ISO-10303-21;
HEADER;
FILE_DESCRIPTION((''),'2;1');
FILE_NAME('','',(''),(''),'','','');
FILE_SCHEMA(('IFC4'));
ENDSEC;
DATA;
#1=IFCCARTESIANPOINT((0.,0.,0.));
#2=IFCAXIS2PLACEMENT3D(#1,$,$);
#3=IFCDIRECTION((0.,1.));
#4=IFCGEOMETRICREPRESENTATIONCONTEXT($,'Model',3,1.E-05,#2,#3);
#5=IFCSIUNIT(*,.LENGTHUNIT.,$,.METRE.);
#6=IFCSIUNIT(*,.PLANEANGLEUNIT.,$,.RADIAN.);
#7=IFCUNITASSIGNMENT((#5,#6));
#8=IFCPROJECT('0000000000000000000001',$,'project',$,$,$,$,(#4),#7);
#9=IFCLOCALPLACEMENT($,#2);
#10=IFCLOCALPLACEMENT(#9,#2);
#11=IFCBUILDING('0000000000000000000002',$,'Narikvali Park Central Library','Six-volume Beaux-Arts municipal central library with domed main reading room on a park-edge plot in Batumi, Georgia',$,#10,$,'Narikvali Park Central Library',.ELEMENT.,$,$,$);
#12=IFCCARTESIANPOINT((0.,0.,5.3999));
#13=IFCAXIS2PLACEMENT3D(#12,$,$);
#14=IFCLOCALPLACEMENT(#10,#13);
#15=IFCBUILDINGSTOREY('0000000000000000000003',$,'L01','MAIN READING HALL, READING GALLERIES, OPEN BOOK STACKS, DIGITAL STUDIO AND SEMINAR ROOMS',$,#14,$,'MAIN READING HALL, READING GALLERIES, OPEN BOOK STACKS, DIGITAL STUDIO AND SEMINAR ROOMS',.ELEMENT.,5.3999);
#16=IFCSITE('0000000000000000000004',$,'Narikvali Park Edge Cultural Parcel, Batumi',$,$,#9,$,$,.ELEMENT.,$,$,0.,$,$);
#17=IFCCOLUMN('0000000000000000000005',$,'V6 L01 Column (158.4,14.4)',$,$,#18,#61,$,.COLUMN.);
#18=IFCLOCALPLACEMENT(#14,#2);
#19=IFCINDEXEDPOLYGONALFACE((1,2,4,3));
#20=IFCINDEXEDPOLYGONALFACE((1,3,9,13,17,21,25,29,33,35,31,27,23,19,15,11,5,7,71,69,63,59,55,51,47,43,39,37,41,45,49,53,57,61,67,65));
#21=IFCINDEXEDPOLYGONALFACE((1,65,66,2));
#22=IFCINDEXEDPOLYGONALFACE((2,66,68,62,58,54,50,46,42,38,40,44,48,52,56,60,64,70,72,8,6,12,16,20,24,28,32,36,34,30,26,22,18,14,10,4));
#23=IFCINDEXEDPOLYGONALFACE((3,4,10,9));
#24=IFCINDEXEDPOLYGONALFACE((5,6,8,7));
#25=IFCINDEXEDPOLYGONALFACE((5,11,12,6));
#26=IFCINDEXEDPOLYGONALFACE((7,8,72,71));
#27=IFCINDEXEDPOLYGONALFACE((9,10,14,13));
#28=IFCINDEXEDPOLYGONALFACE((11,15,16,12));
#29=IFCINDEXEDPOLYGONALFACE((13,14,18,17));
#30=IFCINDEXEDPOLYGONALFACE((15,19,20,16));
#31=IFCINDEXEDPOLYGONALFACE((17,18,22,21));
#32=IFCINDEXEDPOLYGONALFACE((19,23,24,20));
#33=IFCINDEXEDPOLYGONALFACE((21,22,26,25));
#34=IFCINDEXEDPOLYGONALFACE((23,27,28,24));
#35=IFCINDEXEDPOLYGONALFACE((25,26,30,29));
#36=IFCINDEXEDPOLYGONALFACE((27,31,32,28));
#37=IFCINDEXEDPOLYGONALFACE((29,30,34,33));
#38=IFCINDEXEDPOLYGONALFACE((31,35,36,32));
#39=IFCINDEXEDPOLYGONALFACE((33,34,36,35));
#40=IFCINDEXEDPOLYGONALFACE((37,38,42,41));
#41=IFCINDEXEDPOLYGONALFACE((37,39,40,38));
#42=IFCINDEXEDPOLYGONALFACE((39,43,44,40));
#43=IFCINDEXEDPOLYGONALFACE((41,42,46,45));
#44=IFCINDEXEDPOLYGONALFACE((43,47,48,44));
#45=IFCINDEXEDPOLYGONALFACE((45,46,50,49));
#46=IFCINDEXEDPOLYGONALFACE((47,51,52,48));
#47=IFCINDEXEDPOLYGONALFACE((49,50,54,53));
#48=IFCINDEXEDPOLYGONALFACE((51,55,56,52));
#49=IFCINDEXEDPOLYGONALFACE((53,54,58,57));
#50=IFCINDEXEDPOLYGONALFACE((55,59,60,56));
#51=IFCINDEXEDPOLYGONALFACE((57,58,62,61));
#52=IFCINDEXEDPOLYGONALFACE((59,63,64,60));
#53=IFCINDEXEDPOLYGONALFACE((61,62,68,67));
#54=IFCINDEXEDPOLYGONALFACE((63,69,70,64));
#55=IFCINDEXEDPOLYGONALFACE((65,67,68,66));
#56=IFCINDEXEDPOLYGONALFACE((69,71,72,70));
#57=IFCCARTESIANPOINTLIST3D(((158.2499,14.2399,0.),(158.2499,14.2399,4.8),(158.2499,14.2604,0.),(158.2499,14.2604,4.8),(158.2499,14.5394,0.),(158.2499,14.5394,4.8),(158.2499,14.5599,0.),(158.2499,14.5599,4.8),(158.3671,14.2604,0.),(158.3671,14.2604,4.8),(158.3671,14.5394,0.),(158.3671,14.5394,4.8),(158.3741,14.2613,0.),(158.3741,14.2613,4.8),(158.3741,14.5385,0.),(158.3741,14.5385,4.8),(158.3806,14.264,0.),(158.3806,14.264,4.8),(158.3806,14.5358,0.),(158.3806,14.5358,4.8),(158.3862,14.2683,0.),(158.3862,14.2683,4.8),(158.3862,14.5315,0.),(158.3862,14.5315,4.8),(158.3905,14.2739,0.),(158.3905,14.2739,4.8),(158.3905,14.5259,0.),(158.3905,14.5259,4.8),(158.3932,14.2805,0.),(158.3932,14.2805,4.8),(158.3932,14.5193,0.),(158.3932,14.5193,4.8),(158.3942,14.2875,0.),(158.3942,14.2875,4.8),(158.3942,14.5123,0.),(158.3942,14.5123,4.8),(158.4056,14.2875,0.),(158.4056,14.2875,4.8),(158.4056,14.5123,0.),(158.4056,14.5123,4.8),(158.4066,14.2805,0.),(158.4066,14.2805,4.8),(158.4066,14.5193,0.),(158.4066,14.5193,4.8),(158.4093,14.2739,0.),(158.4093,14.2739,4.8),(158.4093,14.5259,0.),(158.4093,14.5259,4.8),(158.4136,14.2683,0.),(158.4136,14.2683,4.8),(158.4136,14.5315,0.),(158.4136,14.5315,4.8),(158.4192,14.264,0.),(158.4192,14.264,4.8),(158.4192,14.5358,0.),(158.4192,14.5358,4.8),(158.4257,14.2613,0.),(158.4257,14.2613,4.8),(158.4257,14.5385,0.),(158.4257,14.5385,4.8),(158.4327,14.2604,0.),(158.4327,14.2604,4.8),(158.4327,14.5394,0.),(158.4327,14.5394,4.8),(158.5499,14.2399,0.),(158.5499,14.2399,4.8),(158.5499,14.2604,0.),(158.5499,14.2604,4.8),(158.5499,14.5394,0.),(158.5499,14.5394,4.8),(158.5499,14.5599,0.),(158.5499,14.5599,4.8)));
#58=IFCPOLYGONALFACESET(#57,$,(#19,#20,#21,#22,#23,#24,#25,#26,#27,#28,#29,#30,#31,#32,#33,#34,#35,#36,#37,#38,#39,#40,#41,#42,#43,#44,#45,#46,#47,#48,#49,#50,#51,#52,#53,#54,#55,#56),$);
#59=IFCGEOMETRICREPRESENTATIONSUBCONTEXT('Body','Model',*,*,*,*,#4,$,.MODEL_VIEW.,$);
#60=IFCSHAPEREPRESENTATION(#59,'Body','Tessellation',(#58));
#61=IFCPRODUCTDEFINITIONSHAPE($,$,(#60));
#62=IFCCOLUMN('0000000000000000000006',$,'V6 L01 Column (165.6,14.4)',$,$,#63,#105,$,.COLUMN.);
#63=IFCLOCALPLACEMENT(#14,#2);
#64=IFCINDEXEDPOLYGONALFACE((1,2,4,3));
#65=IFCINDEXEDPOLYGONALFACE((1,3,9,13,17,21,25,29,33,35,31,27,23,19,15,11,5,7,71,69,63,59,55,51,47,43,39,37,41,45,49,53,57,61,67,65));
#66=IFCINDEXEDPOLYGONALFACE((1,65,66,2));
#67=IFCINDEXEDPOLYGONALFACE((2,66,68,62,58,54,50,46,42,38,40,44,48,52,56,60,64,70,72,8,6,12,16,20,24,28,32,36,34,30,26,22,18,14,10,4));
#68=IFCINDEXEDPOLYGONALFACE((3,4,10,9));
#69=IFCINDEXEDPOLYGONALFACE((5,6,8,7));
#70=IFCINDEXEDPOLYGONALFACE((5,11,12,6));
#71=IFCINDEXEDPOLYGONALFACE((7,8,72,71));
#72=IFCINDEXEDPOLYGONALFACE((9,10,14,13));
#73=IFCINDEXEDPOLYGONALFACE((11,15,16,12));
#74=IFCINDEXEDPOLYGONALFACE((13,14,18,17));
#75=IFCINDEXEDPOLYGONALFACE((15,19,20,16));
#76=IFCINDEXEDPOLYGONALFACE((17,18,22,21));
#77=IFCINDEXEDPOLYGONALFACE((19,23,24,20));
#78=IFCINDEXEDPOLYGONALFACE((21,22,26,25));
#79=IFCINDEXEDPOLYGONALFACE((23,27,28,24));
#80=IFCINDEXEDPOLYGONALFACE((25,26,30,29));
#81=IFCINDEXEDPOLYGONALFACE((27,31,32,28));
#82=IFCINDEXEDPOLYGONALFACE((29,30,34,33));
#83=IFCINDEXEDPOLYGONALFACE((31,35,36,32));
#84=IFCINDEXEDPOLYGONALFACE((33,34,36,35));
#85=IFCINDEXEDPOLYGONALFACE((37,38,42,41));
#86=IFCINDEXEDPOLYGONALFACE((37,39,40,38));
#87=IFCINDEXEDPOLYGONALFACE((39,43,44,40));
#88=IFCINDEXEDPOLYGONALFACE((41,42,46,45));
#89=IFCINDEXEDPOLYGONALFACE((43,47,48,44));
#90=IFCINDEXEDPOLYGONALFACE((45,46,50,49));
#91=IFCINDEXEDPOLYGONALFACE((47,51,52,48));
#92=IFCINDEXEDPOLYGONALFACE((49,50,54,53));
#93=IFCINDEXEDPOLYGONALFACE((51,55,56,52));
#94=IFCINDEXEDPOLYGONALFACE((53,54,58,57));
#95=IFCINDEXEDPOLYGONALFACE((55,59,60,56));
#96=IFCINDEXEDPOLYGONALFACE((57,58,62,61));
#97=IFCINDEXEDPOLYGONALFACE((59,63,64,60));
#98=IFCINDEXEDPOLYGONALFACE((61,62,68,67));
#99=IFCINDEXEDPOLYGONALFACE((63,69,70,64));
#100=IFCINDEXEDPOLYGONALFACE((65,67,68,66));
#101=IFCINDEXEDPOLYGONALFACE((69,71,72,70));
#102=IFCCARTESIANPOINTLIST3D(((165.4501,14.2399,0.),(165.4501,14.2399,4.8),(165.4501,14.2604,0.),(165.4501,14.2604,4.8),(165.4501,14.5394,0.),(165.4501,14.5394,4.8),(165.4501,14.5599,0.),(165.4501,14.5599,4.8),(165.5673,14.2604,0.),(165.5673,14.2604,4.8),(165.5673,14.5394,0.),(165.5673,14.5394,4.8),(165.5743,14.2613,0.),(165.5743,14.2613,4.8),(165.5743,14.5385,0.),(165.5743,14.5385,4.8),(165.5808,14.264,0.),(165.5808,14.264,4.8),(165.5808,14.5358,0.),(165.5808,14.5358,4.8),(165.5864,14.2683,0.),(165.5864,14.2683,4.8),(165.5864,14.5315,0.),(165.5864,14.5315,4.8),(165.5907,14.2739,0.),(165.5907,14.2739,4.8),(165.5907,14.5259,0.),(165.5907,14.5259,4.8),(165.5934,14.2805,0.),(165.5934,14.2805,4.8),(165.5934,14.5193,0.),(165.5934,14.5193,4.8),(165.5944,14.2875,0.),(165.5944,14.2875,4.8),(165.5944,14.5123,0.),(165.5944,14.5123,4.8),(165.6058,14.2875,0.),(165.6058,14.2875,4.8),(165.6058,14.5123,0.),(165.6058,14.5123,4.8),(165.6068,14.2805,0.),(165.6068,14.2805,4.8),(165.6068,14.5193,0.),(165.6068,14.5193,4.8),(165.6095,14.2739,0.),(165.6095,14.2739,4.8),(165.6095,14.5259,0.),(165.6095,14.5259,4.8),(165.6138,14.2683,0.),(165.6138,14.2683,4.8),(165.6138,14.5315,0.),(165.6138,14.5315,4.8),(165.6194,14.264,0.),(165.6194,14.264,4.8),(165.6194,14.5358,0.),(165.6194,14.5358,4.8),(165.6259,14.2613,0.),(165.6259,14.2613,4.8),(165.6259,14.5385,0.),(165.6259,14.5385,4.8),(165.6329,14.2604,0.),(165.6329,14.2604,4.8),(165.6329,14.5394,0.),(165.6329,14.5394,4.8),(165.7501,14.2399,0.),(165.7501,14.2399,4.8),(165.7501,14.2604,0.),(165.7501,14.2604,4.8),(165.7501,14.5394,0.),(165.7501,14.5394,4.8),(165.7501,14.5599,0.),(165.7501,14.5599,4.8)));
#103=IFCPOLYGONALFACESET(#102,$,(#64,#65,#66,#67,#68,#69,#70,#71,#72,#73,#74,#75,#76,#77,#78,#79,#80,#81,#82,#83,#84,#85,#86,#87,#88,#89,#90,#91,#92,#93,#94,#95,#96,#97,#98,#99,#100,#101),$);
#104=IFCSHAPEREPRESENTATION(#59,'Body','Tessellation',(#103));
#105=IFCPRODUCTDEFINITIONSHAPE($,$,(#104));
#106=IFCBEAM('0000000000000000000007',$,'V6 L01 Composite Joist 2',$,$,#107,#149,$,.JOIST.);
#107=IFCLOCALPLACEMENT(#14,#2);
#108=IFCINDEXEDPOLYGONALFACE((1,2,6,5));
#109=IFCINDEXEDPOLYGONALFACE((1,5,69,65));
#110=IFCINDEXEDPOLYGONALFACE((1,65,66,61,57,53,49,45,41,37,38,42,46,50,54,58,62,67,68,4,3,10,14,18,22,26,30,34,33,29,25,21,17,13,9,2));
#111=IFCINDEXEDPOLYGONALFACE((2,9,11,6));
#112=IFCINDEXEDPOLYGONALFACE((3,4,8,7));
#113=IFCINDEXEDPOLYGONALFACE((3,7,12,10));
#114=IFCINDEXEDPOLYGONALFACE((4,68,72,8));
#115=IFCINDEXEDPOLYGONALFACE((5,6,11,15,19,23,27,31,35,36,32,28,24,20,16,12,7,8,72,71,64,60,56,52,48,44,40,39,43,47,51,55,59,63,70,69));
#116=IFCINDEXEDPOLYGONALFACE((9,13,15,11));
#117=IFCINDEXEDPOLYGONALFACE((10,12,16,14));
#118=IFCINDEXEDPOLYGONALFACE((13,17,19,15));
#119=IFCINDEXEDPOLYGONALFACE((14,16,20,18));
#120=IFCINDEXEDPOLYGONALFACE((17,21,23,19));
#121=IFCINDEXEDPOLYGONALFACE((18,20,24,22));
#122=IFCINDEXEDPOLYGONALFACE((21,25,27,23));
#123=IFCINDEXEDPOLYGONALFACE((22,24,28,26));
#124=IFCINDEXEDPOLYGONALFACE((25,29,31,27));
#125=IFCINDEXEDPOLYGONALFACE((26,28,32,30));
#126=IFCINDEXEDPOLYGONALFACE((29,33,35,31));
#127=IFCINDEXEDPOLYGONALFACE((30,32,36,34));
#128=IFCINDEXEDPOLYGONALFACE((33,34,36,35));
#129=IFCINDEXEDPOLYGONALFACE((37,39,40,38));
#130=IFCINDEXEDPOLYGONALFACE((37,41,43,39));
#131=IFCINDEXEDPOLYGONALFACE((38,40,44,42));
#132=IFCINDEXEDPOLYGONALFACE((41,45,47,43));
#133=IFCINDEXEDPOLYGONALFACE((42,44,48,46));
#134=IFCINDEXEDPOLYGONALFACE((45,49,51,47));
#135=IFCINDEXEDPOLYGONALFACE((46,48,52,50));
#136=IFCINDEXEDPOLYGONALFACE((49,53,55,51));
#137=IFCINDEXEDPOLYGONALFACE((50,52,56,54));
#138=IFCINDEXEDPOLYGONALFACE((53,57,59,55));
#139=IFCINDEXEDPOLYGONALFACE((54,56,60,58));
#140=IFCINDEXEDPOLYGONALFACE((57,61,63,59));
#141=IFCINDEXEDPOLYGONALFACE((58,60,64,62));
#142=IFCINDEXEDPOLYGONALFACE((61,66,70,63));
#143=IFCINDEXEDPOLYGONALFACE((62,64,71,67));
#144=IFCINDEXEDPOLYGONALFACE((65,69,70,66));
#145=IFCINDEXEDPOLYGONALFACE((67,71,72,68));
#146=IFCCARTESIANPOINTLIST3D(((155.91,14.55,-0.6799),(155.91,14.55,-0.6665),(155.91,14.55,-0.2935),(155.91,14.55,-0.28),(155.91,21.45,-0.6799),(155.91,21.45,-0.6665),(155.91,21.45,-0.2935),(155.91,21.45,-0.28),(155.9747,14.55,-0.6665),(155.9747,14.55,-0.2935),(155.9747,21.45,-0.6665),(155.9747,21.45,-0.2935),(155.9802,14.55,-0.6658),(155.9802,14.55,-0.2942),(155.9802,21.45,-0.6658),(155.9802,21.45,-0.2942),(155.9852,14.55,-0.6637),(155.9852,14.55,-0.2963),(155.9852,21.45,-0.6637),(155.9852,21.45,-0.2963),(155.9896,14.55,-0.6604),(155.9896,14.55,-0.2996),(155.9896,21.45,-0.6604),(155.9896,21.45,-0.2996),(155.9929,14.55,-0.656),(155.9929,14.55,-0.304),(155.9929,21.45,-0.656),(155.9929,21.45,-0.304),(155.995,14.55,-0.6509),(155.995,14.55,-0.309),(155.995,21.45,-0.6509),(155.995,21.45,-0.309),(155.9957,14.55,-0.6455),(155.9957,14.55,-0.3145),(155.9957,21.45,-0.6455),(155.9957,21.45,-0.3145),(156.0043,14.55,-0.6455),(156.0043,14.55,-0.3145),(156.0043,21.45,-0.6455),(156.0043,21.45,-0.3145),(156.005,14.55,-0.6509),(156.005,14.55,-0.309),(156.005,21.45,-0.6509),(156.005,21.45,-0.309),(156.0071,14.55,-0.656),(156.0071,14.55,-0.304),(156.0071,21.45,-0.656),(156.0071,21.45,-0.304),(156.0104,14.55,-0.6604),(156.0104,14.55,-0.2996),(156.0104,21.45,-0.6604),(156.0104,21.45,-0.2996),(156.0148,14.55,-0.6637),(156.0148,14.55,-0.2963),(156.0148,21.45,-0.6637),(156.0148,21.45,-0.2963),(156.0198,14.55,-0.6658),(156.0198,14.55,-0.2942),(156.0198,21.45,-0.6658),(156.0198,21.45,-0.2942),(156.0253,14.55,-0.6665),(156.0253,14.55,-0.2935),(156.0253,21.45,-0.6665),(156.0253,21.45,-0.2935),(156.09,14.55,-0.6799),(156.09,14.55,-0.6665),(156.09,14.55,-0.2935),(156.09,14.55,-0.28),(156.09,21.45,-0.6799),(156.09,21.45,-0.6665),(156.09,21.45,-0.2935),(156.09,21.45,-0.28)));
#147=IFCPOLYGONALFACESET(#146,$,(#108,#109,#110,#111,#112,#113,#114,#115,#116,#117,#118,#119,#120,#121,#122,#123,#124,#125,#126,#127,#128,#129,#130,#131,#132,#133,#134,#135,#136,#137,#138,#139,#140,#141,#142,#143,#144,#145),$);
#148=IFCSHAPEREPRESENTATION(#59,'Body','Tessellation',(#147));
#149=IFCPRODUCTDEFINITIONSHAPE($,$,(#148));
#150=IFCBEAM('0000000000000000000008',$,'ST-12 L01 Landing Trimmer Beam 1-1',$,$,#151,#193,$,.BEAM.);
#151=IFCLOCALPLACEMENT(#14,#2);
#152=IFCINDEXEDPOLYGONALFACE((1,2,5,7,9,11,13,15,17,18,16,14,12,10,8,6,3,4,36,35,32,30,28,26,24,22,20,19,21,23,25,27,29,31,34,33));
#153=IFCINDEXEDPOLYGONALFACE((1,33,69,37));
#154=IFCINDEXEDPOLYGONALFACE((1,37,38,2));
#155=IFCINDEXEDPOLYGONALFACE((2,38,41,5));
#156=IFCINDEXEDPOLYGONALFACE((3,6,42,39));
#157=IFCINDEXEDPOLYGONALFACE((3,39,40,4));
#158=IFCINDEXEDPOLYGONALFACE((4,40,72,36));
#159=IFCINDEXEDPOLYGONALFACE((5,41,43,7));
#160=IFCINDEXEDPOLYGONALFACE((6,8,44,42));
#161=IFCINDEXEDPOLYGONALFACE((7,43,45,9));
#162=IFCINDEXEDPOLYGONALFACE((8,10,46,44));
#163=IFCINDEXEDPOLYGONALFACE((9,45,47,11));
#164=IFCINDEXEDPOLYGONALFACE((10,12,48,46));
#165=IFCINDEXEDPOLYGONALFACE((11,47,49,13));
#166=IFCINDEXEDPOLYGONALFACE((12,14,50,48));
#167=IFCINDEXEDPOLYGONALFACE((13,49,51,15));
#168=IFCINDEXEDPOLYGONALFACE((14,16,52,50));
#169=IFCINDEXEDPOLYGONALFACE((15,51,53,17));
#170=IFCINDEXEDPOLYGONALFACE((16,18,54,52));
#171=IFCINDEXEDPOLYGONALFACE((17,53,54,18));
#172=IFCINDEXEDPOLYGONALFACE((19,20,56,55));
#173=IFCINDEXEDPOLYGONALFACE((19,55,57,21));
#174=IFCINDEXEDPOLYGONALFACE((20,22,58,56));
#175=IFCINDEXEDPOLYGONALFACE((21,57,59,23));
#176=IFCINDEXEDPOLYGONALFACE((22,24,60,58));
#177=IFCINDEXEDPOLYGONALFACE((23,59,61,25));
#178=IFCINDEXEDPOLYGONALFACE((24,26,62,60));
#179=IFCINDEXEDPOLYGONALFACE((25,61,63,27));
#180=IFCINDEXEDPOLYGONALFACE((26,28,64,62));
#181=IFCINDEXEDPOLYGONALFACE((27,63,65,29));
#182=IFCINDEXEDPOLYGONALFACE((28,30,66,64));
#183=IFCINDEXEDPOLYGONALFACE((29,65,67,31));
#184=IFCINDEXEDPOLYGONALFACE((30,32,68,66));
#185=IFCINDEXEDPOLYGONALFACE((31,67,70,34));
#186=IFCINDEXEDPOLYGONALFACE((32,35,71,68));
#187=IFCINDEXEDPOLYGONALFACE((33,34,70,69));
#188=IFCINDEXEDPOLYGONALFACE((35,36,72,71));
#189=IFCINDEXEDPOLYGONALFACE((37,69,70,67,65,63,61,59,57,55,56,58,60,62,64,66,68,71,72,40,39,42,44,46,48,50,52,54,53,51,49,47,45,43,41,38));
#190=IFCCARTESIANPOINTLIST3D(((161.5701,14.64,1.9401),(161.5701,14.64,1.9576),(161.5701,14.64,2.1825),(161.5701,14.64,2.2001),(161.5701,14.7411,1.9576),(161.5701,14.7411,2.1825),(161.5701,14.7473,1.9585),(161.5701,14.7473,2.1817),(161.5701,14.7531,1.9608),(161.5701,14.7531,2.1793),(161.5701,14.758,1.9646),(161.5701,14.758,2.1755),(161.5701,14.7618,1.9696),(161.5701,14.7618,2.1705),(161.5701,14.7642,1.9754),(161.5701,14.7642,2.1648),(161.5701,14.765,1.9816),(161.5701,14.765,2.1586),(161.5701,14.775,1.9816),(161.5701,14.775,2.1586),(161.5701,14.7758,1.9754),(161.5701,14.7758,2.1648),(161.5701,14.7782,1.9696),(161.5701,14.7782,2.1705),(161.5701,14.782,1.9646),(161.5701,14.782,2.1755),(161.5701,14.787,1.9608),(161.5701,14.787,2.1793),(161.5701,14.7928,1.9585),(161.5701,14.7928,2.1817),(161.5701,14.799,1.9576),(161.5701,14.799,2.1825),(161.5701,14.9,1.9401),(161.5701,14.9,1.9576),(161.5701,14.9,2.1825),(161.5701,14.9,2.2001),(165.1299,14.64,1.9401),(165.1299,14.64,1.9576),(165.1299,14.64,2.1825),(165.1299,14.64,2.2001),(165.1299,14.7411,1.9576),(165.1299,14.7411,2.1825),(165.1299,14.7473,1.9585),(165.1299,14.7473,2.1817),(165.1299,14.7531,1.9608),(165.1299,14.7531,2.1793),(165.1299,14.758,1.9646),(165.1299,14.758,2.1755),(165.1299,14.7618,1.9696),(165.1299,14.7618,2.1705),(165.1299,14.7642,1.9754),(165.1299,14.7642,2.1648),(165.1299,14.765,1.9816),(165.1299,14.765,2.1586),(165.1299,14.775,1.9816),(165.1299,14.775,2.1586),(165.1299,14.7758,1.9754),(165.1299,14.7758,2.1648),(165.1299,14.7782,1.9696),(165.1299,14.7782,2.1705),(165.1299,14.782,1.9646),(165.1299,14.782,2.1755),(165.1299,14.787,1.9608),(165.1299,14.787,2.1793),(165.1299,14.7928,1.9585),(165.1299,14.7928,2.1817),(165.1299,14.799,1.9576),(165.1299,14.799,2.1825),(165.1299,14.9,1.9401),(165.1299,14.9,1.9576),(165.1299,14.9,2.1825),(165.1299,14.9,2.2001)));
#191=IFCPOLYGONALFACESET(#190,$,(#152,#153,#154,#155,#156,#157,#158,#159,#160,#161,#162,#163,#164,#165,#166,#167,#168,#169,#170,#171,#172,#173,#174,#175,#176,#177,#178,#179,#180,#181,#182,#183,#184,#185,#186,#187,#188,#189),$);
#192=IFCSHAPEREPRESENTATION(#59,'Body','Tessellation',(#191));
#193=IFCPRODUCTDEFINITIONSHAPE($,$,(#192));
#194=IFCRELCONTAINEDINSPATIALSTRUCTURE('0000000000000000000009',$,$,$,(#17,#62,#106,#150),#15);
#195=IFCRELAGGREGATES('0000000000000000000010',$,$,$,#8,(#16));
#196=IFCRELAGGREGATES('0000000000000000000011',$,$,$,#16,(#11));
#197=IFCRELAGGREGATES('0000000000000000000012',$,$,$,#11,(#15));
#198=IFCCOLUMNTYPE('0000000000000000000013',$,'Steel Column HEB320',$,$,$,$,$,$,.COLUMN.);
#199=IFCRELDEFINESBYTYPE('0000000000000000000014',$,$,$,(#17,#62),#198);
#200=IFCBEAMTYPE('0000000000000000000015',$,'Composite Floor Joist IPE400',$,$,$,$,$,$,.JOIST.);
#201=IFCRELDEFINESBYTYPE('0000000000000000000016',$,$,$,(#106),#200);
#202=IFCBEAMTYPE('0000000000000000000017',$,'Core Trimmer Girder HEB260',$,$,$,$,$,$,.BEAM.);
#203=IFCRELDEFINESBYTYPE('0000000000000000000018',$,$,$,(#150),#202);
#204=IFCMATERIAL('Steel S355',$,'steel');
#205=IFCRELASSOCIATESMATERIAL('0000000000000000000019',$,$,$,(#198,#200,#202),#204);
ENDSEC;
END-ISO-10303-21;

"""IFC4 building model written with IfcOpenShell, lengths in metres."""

from ifc_helpers import new_model, si_unit, direction, frame, origin, origin_2d, place, context, subcontext, project, spatial, i_section, extrude, material, material_profile, profile_set, type_object, element, save


model = new_model("IFC4")

# Units and contexts
model_context = context("Model", 3, precision=1e-05, world=origin(), true_north=direction((0.0, 1.0)))
body_context = subcontext(model_context, "Body", "Model", "MODEL_VIEW")
ifc_project = project(units=[si_unit("LENGTHUNIT", "METRE"), si_unit("PLANEANGLEUNIT", "RADIAN")], contexts=[model_context])

# Site, building, storey
site_placement = place(None, origin())
site = spatial("IfcSite", under=ifc_project, at=site_placement, Name="Narikvali Park Edge Cultural Parcel, Batumi", CompositionType="ELEMENT", RefElevation=0.0)
building_placement = place(site_placement, origin())
building = spatial("IfcBuilding", under=site, at=building_placement, Name="Narikvali Park Central Library", Description="Six-volume Beaux-Arts municipal central library with domed main reading room on a park-edge plot in Batumi, Georgia", LongName="Narikvali Park Central Library", CompositionType="ELEMENT")
storey_placement = place(building_placement, frame((0.0, 0.0, 5.3999)))
storey = spatial("IfcBuildingStorey", under=building, at=storey_placement, Name="L01", Description="MAIN READING HALL, READING GALLERIES, OPEN BOOK STACKS, DIGITAL STUDIO AND SEMINAR ROOMS", LongName="MAIN READING HALL, READING GALLERIES, OPEN BOOK STACKS, DIGITAL STUDIO AND SEMINAR ROOMS", CompositionType="ELEMENT", Elevation=5.3999)

# Columns
ifc_material_1 = material(Name="Steel S355", Category="steel")
ifc_material_profile_1 = material_profile(ifc_material_1, i_section(OverallWidth=0.3, OverallDepth=0.3201, WebThickness=0.0115, FlangeThickness=0.0205, FilletRadius=0.0271, at=origin_2d()), Name="HEB 320")
ifc_profile_set_1 = profile_set([ifc_material_profile_1], Name="Steel S355")
column_type = type_object("IfcColumnType", Name="Steel Column HEB320", PredefinedType="COLUMN", material=ifc_profile_set_1)
for number, where, z_axis, x_axis, name in (
    (1, (158.3999, 14.3999, 0.0), (0.0, 0.0, 1.0), (1.0, 0.0, 0.0), "V6 L01 Column (158.4,14.4)"),
    (2, (165.6001, 14.3999, 0.0), (0.0, 0.0, 1.0), (1.0, 0.0, 0.0), "V6 L01 Column (165.6,14.4)"),
):
    element("IfcColumn", number, at=place(storey_placement, frame(where, z_axis=z_axis, x_axis=x_axis)), inside=storey, type_object=column_type, Name=name, PredefinedType="COLUMN", context=body_context, shape_type="SweptSolid", body=[
        extrude(i_section(OverallWidth=0.3, OverallDepth=0.3201, WebThickness=0.0115, FlangeThickness=0.0205, FilletRadius=0.0271, at=origin_2d()), origin(), (0.0, 0.0, 1.0), 4.8),
    ])

# Beams
ifc_material_profile_2 = material_profile(ifc_material_1, i_section(OverallWidth=0.1799, OverallDepth=0.3999, WebThickness=0.0085, FlangeThickness=0.0134, FilletRadius=0.021, at=origin_2d()), Name="IPE 400")
ifc_profile_set_2 = profile_set([ifc_material_profile_2], Name="Steel S355")
beam_type_1 = type_object("IfcBeamType", Name="Composite Floor Joist IPE400", PredefinedType="JOIST", material=ifc_profile_set_2)
beam_1_placement = place(storey_placement, frame((156.0, 14.55, -0.48), z_axis=(0.0, 1.0, 0.0), x_axis=(-1.0, 0.0, 0.0)))
element("IfcBeam", 3, at=beam_1_placement, inside=storey, type_object=beam_type_1, Name="V6 L01 Composite Joist 2", PredefinedType="JOIST", context=body_context, shape_type="SweptSolid", body=[
    extrude(i_section(OverallWidth=0.1799, OverallDepth=0.3999, WebThickness=0.0085, FlangeThickness=0.0134, FilletRadius=0.021, at=origin_2d()), origin(), (0.0, 0.0, 1.0), 6.8999),
])
ifc_material_profile_3 = material_profile(ifc_material_1, i_section(OverallWidth=0.26, OverallDepth=0.26, WebThickness=0.01, FlangeThickness=0.0176, FilletRadius=0.0239, at=origin_2d()), Name="HEB 260")
ifc_profile_set_3 = profile_set([ifc_material_profile_3], Name="Steel S355")
beam_type_2 = type_object("IfcBeamType", Name="Core Trimmer Girder HEB260", PredefinedType="BEAM", material=ifc_profile_set_3)
for number, where, z_axis, x_axis, name in (
    (4, (161.5701, 14.77, 2.0701), (1.0, 0.0, 0.0), (0.0, 1.0, 0.0), "ST-12 L01 Landing Trimmer Beam 1-1"),
):
    element("IfcBeam", number, at=place(storey_placement, frame(where, z_axis=z_axis, x_axis=x_axis)), inside=storey, type_object=beam_type_2, Name=name, PredefinedType="BEAM", context=body_context, shape_type="SweptSolid", body=[
        extrude(i_section(OverallWidth=0.26, OverallDepth=0.26, WebThickness=0.01, FlangeThickness=0.0176, FilletRadius=0.0239, at=origin_2d()), origin(), (0.0, 0.0, 1.0), 3.5598),
    ])

save(model, "model.ifc")
